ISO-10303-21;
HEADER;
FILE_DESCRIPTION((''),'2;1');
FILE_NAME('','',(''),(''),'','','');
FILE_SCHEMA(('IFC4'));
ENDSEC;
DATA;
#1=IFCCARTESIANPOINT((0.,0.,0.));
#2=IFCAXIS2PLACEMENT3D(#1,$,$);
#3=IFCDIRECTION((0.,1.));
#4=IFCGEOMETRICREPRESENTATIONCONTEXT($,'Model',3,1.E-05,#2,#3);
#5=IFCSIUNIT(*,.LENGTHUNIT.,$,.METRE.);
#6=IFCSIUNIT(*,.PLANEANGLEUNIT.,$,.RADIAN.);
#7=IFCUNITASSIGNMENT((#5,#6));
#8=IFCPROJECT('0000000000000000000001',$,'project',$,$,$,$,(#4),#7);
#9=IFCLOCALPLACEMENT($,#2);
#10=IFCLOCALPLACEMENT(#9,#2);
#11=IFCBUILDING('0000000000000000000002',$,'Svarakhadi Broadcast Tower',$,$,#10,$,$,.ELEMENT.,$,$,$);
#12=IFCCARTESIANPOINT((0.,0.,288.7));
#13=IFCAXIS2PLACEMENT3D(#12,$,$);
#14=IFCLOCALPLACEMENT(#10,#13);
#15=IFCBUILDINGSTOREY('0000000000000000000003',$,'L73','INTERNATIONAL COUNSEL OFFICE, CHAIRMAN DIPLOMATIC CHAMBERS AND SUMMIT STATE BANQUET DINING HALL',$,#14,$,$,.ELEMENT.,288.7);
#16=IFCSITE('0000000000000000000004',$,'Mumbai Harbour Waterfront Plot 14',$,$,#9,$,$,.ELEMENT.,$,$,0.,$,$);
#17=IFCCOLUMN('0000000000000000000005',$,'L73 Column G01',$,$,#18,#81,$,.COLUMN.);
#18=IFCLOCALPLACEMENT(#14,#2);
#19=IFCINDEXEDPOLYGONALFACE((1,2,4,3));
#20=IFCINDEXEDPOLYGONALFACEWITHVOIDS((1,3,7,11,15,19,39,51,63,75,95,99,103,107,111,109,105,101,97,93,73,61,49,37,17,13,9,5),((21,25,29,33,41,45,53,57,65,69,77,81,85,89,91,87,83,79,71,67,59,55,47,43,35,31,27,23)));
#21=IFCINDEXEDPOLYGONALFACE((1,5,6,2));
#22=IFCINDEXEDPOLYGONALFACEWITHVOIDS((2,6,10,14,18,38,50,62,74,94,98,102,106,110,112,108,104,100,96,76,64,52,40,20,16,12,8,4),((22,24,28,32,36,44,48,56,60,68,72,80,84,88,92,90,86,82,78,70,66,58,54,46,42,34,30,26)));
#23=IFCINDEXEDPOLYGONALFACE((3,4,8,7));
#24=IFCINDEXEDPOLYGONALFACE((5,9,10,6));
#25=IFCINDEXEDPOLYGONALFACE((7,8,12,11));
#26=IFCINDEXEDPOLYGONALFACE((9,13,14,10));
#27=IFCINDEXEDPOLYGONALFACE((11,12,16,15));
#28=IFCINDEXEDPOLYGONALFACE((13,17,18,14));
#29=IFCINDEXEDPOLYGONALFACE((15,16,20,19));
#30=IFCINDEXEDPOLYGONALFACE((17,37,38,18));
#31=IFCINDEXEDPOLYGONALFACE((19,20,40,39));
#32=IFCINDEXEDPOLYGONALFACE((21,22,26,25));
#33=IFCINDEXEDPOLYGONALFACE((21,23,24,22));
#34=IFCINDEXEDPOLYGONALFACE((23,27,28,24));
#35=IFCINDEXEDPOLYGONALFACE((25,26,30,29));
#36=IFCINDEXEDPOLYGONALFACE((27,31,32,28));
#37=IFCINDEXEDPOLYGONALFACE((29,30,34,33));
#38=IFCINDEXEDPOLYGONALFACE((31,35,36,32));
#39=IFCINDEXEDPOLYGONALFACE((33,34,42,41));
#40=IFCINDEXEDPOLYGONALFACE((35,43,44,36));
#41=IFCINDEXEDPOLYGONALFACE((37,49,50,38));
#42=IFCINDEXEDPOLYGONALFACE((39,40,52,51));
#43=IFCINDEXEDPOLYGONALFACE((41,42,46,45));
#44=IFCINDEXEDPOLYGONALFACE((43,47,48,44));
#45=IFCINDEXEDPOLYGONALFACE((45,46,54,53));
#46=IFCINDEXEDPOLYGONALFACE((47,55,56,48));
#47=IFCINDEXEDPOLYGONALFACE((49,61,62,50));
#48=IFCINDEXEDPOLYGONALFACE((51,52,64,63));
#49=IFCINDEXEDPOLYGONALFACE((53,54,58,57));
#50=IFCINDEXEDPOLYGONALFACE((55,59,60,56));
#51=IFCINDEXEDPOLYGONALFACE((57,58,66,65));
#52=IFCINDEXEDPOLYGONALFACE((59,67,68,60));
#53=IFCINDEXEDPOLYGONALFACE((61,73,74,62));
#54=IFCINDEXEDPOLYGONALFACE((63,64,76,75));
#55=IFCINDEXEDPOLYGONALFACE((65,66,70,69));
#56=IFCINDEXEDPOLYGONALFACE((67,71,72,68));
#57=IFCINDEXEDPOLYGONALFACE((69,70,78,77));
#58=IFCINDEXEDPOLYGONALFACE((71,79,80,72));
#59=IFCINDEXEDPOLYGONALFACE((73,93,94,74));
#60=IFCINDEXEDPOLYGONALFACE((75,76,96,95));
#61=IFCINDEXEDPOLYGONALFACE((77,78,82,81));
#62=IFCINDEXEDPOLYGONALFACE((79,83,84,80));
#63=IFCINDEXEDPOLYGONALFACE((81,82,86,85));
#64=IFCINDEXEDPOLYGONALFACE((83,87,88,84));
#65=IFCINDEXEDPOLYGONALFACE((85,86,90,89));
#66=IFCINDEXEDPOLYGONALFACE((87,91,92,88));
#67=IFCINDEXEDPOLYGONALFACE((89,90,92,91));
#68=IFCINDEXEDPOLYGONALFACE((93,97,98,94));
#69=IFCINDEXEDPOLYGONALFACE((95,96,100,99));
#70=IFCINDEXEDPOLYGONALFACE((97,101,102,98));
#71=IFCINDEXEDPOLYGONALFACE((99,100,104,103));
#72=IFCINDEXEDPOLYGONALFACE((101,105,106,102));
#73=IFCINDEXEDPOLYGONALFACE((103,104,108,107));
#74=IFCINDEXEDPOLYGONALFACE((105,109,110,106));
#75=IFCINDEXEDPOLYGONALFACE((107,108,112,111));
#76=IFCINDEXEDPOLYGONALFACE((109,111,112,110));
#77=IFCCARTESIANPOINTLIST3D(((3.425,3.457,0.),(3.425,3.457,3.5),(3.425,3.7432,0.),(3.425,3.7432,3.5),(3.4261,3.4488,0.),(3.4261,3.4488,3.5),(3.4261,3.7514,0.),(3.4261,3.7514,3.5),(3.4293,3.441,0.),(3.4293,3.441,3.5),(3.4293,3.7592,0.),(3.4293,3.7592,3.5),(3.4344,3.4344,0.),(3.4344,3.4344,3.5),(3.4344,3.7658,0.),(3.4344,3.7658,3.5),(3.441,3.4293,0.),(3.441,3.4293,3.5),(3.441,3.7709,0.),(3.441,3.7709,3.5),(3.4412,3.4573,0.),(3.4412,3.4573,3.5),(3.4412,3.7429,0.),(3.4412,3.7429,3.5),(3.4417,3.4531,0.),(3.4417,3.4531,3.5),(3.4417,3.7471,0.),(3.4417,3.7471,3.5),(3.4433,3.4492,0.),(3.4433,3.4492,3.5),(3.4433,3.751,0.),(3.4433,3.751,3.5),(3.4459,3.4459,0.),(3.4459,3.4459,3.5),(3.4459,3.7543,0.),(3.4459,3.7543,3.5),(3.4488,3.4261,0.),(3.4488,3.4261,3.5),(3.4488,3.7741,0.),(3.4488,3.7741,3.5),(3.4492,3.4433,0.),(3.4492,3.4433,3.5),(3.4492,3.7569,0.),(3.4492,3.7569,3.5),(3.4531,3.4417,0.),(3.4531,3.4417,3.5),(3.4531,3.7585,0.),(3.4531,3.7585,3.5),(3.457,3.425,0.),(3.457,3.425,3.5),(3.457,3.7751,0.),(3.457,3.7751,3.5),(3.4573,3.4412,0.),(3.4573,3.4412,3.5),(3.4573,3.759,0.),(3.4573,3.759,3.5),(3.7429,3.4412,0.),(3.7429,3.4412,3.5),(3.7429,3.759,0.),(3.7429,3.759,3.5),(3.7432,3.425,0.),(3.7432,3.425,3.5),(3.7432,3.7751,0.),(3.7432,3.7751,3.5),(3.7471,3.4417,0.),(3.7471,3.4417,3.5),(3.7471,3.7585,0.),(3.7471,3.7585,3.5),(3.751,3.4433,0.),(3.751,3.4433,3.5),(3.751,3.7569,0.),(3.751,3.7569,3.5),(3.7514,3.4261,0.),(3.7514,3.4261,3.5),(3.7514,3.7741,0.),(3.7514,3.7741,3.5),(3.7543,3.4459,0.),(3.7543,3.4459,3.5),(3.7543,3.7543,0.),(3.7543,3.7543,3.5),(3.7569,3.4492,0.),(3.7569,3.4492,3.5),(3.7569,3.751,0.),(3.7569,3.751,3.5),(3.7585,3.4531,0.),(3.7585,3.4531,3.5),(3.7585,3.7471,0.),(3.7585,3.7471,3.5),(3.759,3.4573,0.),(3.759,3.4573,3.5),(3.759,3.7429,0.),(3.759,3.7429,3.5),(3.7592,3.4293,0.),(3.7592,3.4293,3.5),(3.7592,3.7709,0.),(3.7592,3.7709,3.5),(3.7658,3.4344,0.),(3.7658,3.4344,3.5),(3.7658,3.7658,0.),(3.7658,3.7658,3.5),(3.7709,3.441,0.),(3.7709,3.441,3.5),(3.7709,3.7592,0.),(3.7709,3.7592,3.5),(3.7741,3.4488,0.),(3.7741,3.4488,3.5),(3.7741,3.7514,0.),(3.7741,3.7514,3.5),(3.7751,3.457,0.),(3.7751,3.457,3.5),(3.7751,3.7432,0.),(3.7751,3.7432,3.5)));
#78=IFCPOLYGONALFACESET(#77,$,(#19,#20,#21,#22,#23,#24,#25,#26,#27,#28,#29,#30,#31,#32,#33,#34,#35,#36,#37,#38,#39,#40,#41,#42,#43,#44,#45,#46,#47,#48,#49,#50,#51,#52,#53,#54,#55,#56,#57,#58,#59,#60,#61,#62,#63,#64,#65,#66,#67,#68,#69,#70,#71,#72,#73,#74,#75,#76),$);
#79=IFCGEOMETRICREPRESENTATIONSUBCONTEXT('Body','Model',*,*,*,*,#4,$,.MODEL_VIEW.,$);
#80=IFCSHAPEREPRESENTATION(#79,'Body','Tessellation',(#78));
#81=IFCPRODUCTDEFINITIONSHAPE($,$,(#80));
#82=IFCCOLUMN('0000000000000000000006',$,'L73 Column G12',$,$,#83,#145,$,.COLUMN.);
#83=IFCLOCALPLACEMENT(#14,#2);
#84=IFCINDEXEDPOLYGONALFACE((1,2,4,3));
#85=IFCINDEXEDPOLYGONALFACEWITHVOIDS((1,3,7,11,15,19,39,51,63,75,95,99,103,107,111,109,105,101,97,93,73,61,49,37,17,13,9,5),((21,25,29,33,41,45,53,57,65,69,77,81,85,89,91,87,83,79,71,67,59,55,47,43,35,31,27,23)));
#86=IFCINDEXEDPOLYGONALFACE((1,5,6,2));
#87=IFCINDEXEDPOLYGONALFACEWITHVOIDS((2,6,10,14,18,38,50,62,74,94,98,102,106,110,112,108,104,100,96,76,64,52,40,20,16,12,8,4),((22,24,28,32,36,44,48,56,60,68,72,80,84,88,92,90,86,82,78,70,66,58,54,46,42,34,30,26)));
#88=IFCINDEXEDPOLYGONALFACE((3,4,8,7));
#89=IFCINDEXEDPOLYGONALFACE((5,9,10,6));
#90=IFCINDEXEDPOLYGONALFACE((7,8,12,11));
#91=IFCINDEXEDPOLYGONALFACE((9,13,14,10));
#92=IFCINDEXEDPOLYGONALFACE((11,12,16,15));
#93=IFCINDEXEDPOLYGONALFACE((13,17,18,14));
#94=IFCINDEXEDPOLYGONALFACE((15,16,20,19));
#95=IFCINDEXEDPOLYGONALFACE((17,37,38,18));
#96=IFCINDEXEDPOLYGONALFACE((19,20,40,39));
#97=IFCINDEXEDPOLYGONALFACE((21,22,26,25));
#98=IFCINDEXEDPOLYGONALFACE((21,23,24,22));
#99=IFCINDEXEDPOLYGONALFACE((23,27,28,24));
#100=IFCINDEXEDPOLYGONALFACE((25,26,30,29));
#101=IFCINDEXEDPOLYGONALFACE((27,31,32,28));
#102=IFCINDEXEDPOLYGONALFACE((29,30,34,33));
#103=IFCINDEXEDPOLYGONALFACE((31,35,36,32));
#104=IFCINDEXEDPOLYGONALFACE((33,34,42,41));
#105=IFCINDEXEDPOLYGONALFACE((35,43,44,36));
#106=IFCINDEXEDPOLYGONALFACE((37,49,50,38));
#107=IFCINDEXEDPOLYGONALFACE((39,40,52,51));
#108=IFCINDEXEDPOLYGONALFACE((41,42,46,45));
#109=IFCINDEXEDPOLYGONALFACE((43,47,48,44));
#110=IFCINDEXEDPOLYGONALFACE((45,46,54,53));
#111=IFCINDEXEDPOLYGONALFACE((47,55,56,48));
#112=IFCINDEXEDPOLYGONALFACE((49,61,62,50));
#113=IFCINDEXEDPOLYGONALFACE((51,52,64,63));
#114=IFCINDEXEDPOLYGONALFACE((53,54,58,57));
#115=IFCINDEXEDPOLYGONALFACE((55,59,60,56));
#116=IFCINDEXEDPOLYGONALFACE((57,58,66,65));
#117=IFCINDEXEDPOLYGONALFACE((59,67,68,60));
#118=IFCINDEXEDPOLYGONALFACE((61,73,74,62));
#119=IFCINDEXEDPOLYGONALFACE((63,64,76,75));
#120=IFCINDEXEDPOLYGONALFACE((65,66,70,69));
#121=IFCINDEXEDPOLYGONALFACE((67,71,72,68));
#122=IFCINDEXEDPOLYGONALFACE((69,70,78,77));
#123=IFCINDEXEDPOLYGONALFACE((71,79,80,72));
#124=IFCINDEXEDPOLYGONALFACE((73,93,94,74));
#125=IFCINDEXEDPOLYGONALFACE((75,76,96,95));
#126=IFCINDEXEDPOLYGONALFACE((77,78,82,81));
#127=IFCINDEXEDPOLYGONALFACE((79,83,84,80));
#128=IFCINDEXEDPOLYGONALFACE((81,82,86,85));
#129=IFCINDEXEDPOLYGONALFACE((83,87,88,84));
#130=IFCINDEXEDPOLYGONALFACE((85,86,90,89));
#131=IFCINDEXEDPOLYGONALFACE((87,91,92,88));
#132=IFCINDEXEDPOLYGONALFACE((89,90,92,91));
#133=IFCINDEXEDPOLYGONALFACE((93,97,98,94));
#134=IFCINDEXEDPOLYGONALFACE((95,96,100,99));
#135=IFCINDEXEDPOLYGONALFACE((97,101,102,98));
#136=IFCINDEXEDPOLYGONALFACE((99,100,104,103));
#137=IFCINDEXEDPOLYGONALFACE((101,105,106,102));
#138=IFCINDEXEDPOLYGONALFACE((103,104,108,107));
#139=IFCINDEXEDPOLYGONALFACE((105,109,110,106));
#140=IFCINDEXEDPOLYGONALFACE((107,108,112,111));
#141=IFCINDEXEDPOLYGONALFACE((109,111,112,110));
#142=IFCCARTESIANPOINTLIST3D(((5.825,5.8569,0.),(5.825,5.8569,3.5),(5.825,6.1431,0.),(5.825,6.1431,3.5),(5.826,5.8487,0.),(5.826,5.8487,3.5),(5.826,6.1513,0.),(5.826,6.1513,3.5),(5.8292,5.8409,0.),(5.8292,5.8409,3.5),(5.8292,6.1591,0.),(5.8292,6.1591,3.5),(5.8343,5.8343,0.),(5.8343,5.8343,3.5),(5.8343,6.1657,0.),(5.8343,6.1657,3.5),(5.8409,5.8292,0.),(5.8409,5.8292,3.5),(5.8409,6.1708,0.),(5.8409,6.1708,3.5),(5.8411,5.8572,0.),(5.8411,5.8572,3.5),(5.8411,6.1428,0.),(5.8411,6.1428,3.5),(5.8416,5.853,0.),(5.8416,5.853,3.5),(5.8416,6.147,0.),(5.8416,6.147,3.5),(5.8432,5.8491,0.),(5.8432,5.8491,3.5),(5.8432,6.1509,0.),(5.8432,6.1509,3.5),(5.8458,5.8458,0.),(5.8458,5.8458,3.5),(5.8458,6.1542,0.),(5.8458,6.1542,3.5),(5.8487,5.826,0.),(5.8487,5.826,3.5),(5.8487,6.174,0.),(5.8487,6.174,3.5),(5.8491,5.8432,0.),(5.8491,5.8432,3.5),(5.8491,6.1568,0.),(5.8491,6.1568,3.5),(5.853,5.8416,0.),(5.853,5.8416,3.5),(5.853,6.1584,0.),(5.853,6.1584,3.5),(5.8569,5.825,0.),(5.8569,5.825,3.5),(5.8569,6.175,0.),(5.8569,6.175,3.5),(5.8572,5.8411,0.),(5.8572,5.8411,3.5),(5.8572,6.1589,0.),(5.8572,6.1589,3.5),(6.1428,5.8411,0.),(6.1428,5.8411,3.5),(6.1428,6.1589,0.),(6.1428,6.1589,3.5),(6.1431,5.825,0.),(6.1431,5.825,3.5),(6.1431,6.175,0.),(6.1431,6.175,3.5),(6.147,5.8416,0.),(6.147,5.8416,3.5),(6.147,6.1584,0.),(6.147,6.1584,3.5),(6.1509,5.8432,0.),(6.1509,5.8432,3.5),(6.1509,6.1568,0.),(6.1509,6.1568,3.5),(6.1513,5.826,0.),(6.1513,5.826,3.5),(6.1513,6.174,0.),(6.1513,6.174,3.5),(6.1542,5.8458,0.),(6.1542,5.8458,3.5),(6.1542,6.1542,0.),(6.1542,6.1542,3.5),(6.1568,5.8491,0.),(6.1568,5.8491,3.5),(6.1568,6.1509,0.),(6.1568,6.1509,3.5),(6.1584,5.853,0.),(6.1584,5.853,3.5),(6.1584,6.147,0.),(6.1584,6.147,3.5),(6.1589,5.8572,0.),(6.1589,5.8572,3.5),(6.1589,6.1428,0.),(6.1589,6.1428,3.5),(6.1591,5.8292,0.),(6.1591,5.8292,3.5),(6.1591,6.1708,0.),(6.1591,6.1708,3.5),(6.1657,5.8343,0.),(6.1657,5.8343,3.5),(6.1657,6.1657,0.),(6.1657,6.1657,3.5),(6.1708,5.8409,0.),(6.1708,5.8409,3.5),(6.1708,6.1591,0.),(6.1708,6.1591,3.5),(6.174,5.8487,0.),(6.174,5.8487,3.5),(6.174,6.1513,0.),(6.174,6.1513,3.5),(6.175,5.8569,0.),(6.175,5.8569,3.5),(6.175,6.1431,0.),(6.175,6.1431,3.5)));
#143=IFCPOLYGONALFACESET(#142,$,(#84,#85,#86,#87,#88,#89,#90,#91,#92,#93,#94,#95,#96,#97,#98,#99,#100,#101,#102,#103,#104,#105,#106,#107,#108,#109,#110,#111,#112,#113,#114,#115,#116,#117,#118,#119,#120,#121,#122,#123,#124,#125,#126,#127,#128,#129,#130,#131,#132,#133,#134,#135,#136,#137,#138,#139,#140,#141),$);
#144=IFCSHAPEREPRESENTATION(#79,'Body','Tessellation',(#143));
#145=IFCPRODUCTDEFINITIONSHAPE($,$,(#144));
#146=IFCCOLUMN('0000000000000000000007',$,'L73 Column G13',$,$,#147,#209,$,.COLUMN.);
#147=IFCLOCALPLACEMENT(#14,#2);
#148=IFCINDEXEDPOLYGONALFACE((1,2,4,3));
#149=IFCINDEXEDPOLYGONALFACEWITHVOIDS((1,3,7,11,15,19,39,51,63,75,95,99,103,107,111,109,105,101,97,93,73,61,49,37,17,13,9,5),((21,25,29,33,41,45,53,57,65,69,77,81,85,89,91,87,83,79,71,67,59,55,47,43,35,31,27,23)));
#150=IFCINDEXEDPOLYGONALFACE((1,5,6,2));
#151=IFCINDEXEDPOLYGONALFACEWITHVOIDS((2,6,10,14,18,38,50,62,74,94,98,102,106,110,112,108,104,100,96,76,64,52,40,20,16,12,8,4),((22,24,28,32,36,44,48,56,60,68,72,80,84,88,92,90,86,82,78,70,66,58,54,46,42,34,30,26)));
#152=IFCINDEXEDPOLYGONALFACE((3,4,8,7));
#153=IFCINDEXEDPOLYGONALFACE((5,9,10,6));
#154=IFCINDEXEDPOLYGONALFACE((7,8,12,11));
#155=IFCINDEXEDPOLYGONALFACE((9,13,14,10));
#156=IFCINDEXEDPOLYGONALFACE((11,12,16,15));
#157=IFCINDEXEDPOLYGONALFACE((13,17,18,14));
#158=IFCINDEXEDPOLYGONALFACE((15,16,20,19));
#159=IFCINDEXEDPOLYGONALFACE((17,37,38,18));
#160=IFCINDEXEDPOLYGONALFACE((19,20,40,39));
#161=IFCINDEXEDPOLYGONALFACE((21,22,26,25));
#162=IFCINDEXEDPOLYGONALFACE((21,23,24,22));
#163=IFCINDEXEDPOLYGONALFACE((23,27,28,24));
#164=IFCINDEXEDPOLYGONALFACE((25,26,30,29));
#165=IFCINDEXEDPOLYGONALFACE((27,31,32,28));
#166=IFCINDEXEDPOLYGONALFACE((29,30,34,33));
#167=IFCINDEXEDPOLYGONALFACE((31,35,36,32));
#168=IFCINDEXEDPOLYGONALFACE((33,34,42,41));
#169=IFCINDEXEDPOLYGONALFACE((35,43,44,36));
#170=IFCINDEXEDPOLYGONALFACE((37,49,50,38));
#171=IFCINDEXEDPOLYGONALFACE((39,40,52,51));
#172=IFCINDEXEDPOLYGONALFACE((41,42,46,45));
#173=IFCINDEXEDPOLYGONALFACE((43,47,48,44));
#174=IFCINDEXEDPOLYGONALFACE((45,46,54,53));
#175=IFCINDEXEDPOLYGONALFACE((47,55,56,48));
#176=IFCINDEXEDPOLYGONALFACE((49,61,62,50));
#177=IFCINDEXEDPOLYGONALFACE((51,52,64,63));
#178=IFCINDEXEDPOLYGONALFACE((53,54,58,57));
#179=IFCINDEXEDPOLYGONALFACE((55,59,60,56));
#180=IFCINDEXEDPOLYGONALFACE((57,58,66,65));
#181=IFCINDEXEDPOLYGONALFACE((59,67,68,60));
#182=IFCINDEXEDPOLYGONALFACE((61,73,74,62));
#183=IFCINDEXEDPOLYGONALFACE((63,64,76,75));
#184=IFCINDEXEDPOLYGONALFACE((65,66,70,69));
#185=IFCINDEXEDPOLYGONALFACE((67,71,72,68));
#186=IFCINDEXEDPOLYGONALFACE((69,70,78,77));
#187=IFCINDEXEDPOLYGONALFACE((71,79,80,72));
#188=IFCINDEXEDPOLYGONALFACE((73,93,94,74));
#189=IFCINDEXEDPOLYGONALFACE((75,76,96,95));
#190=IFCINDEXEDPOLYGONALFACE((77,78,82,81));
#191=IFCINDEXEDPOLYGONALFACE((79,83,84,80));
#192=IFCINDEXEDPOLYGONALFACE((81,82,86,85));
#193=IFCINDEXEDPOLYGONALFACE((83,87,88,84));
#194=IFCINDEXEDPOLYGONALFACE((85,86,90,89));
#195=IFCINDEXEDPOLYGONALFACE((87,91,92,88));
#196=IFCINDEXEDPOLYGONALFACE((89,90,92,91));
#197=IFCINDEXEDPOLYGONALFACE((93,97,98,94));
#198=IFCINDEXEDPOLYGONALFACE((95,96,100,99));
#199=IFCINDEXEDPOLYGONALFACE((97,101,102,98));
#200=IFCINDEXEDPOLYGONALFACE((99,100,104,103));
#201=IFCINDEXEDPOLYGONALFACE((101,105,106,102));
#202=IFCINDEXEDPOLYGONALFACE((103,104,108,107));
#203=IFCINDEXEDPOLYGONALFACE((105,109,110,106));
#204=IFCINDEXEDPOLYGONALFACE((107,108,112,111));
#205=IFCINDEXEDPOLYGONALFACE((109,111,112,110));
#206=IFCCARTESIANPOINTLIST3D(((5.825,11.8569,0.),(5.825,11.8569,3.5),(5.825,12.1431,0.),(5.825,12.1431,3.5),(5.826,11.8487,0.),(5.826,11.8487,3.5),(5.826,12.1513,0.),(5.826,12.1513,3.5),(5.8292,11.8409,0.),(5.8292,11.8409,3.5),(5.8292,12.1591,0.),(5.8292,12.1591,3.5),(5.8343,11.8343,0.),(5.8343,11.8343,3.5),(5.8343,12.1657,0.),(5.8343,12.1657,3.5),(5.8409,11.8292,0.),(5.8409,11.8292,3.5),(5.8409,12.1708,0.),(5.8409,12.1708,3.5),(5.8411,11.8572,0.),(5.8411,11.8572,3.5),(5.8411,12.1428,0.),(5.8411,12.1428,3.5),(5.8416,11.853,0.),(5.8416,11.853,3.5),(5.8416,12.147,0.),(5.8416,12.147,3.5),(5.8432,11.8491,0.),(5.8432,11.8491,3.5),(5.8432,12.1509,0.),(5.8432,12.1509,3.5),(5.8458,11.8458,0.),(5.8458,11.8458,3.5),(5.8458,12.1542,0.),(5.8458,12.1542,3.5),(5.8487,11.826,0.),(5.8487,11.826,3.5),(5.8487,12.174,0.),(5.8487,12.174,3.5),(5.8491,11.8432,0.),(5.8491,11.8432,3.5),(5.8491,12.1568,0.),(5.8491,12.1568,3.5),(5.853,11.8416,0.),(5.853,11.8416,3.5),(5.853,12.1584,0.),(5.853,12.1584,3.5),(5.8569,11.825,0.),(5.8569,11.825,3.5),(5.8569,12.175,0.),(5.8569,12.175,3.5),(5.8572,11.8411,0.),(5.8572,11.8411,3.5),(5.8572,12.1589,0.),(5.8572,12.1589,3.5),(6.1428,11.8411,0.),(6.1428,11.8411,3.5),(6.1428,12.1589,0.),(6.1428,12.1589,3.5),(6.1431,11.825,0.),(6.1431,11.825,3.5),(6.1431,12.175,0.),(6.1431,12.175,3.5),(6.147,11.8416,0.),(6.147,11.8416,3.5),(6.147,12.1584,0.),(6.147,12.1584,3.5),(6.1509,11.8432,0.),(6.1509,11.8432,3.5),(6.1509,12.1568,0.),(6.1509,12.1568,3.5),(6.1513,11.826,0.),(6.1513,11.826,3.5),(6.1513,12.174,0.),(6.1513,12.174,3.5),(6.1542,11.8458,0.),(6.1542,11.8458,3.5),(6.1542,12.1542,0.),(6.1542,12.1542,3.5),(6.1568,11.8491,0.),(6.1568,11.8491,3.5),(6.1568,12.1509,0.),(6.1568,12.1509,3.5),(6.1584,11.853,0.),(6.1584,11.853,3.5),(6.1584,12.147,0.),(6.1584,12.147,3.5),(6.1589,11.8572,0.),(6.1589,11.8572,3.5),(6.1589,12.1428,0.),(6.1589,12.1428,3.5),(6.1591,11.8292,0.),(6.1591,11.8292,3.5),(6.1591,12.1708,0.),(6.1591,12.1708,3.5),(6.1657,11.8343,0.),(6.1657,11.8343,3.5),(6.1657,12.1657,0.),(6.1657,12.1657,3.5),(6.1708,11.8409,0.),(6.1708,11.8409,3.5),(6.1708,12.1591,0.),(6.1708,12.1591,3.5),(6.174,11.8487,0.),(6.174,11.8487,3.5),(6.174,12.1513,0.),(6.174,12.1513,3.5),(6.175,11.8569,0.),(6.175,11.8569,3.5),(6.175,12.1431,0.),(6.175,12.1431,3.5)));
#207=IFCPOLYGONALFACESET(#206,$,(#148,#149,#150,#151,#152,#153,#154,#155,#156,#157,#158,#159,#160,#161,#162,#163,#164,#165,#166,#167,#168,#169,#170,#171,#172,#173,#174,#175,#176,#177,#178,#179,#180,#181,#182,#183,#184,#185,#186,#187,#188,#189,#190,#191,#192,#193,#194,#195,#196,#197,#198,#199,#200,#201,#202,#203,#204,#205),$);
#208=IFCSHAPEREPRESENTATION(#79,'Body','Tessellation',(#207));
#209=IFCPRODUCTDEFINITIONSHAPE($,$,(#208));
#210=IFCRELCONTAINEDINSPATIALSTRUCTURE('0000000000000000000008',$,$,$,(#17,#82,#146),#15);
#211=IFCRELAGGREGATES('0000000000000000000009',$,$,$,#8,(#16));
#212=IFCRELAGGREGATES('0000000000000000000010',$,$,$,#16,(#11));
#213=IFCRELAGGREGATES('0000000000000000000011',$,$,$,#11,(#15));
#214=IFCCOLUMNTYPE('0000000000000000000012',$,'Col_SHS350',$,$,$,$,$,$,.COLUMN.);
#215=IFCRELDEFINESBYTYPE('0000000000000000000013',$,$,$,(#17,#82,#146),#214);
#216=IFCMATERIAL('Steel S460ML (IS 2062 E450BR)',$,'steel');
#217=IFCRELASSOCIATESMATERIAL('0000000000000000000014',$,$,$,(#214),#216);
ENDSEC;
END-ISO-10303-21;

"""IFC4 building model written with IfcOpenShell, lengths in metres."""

from ifc_helpers import new_model, si_unit, direction, frame, origin, origin_2d, place, context, subcontext, project, spatial, hollow_rectangle, extrude, material, material_profile, profile_set, type_object, element, save


model = new_model("IFC4")

# Units and contexts
model_context = context("Model", 3, precision=1e-05, world=origin(), true_north=direction((0.0, 1.0)))
body_context = subcontext(model_context, "Body", "Model", "MODEL_VIEW")
ifc_project = project(units=[si_unit("LENGTHUNIT", "METRE"), si_unit("PLANEANGLEUNIT", "RADIAN")], contexts=[model_context])

# Site, building, storey
site_placement = place(None, origin())
site = spatial("IfcSite", under=ifc_project, at=site_placement, Name="Mumbai Harbour Waterfront Plot 14", CompositionType="ELEMENT", RefElevation=0.0)
building_placement = place(site_placement, origin())
building = spatial("IfcBuilding", under=site, at=building_placement, Name="Svarakhadi Broadcast Tower", CompositionType="ELEMENT")
storey_placement = place(building_placement, frame((0.0, 0.0, 288.7)))
storey = spatial("IfcBuildingStorey", under=building, at=storey_placement, Name="L73", Description="INTERNATIONAL COUNSEL OFFICE, CHAIRMAN DIPLOMATIC CHAMBERS AND SUMMIT STATE BANQUET DINING HALL", CompositionType="ELEMENT", Elevation=288.7)

# Columns
ifc_material_1 = material(Name="Steel S460ML (IS 2062 E450BR)", Category="steel")
ifc_material_profile_1 = material_profile(ifc_material_1, hollow_rectangle(XDim=0.3501, YDim=0.3501, WallThickness=0.0161, InnerFilletRadius=0.0161, OuterFilletRadius=0.032, at=origin_2d()), Name="SHS 350x350x16")
ifc_profile_set_1 = profile_set([ifc_material_profile_1], Name="Steel S460ML (IS 2062 E450BR)")
column_type = type_object("IfcColumnType", Name="Col_SHS350", PredefinedType="COLUMN", material=ifc_profile_set_1)
for number, where, z_axis, x_axis, name in (
    (1, (3.6001, 3.6001, 0.0), (0.0, 0.0, 1.0), (1.0, 0.0, 0.0), "L73 Column G01"),
    (2, (6.0, 6.0, 0.0), (0.0, 0.0, 1.0), (1.0, 0.0, 0.0), "L73 Column G12"),
    (3, (6.0, 12.0, 0.0), (0.0, 0.0, 1.0), (1.0, 0.0, 0.0), "L73 Column G13"),
):
    element("IfcColumn", number, at=place(storey_placement, frame(where, z_axis=z_axis, x_axis=x_axis)), inside=storey, type_object=column_type, Name=name, PredefinedType="COLUMN", context=body_context, shape_type="SweptSolid", body=[
        extrude(hollow_rectangle(XDim=0.3501, YDim=0.3501, WallThickness=0.0161, InnerFilletRadius=0.0161, OuterFilletRadius=0.032, at=origin_2d()), origin(), (0.0, 0.0, 1.0), 3.5),
    ])

save(model, "model.ifc")
